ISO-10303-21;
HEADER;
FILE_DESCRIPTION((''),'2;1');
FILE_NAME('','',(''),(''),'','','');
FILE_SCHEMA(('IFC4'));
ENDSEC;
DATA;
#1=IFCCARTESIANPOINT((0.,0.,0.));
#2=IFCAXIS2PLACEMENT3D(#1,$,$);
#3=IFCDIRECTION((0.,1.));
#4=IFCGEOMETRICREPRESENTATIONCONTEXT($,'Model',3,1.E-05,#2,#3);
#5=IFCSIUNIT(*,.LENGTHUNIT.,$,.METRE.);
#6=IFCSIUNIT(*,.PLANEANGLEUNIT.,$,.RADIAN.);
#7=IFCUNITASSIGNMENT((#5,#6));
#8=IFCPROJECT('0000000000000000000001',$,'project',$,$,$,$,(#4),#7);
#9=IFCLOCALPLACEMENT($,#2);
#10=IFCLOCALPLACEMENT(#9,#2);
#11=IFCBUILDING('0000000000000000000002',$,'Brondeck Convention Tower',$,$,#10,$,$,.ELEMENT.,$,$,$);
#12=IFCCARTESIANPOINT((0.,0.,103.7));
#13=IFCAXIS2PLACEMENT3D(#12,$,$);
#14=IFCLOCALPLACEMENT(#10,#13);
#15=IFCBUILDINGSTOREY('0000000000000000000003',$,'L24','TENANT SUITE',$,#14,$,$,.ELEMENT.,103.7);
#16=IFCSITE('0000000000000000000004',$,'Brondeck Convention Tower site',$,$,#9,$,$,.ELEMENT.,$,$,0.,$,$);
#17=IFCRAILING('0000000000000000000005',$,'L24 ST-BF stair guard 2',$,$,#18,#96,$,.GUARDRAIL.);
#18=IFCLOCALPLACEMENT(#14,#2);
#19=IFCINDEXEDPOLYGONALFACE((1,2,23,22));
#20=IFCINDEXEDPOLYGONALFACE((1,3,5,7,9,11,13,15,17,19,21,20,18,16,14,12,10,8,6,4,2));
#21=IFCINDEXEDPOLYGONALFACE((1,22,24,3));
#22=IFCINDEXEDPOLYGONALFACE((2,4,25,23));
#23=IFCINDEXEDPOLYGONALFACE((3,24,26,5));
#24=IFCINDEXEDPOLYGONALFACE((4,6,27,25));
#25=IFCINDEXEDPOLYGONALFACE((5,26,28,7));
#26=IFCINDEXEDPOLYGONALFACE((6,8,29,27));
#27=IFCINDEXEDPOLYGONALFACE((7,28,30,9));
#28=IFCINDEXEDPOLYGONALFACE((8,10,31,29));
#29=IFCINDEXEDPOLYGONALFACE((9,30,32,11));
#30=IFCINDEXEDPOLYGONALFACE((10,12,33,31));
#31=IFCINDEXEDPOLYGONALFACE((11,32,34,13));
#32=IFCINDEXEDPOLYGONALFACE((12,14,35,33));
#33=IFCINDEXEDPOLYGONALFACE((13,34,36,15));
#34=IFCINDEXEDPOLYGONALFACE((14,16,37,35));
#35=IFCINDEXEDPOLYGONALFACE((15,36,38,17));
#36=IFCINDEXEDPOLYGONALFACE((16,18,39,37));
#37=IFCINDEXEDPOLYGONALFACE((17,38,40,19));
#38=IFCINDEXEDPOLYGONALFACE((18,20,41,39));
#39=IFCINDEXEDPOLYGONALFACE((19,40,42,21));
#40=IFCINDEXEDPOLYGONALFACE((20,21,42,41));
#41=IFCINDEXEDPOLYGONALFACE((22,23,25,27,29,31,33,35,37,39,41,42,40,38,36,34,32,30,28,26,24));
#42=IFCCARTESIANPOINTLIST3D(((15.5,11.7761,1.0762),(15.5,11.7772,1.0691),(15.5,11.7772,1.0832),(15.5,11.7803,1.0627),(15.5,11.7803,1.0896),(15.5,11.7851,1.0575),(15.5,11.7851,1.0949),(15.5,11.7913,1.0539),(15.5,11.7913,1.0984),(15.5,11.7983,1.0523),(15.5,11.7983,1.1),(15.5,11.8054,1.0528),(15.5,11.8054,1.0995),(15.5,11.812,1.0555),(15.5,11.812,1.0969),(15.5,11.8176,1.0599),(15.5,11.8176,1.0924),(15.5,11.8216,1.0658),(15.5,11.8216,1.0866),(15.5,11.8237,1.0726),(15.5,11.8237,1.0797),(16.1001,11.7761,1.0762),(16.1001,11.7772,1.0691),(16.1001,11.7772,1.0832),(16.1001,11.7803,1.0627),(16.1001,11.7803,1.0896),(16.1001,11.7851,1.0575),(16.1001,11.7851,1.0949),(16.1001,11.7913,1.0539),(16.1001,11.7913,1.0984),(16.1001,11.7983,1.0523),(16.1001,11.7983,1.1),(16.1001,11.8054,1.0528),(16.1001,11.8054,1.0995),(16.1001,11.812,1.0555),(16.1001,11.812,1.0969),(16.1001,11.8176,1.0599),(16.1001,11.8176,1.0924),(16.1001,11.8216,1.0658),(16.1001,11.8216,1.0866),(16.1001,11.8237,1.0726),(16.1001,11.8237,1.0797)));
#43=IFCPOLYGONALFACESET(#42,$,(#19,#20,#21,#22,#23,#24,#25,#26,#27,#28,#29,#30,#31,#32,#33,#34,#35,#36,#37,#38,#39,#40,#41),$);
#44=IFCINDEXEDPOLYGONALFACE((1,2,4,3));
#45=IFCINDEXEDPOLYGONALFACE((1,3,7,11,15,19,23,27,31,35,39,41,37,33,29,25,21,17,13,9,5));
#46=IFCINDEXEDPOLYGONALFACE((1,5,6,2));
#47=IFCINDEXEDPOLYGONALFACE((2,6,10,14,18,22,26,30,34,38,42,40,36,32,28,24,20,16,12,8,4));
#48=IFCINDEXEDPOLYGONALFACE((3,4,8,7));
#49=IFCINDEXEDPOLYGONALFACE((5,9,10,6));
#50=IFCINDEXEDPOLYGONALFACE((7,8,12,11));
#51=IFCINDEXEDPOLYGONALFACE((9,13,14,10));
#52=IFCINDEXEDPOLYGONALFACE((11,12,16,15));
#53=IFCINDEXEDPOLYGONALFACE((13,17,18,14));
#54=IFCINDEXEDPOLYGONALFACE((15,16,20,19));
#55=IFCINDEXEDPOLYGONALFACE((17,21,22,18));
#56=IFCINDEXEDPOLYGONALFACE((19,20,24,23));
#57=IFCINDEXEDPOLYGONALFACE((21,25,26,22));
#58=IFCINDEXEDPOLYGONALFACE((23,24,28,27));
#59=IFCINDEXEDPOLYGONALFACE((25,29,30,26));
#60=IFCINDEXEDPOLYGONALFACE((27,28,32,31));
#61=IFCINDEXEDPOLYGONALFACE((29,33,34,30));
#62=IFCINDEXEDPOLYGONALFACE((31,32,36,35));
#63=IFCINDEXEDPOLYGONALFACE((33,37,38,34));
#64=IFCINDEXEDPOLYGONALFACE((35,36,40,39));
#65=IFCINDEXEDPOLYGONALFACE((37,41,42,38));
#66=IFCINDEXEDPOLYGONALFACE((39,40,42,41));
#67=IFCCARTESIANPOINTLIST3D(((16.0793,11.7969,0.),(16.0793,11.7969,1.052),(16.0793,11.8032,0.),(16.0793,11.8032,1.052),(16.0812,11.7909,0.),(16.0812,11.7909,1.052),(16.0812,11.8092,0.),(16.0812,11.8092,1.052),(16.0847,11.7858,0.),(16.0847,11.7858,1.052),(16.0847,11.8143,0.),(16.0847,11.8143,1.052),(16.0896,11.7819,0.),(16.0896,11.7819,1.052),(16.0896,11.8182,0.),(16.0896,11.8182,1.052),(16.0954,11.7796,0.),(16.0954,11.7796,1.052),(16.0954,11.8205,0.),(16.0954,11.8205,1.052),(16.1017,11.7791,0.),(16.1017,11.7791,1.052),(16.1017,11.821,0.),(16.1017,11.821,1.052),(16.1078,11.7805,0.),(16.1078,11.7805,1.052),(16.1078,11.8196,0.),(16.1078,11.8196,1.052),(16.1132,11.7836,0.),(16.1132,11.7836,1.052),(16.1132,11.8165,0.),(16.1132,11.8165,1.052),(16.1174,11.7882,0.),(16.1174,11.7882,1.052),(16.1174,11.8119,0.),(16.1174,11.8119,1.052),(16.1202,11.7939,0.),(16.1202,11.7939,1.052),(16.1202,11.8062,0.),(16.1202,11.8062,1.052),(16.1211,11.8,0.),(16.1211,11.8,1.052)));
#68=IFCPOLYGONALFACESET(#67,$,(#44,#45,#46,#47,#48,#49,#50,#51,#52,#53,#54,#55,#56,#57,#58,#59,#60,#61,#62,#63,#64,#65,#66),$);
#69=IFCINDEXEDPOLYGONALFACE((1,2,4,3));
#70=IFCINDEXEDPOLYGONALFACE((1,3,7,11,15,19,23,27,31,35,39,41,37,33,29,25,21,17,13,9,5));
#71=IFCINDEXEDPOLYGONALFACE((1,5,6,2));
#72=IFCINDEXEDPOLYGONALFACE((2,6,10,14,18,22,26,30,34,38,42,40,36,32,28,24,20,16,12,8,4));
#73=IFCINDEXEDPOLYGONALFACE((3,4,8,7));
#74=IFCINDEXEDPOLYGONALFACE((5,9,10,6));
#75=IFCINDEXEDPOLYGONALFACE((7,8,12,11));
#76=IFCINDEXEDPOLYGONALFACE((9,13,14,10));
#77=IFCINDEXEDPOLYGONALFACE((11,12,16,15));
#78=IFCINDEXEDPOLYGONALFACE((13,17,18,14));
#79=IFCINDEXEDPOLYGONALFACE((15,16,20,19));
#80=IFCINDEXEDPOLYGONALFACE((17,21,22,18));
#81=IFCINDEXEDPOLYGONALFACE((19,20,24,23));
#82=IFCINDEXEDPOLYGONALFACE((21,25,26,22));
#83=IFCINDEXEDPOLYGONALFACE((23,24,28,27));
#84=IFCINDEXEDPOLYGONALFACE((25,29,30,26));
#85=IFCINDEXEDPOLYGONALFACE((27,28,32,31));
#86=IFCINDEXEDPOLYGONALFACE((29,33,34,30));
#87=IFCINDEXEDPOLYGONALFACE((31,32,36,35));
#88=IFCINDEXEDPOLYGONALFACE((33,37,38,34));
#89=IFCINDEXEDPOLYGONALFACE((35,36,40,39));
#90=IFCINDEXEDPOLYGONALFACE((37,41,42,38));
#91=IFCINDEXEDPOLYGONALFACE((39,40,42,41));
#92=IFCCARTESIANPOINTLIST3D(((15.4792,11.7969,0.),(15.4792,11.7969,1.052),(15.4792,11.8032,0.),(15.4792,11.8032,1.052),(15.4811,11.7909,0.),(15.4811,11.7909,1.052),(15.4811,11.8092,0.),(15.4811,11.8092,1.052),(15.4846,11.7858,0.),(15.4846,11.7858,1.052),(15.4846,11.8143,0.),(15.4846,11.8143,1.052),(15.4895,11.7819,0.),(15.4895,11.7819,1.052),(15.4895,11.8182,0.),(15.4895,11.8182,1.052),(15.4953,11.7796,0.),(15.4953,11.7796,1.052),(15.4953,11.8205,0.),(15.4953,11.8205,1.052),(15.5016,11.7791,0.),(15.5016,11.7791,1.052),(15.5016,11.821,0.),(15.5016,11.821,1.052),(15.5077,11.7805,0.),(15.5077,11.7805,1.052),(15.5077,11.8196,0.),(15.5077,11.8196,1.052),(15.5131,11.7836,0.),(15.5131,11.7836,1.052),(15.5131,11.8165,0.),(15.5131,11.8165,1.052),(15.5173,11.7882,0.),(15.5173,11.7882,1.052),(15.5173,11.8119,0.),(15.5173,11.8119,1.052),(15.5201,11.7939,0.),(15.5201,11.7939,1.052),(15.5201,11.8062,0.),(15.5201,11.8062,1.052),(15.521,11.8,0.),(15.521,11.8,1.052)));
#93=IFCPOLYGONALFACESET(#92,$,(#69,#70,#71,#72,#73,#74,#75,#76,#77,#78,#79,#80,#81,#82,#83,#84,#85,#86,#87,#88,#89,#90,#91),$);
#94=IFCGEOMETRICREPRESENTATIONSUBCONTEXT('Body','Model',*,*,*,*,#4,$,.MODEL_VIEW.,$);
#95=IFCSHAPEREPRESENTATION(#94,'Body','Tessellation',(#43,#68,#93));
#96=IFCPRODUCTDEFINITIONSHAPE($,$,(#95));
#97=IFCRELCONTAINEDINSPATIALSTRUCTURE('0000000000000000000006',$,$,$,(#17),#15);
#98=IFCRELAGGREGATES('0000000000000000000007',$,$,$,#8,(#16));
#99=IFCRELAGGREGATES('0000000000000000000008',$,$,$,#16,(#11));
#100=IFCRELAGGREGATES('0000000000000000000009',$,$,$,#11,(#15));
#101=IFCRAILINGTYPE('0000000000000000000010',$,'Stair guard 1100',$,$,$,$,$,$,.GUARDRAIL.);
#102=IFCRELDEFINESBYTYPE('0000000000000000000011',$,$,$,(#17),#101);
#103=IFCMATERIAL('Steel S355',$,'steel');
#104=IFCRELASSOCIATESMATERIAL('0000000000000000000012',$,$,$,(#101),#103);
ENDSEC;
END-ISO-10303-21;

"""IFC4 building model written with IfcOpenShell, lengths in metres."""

from ifc_helpers import new_model, si_unit, direction, frame, origin, origin_2d, place, context, subcontext, project, spatial, circle, extrude, material, type_object, element, save


model = new_model("IFC4")

# Units and contexts
model_context = context("Model", 3, precision=1e-05, world=origin(), true_north=direction((0.0, 1.0)))
body_context = subcontext(model_context, "Body", "Model", "MODEL_VIEW")
ifc_project = project(units=[si_unit("LENGTHUNIT", "METRE"), si_unit("PLANEANGLEUNIT", "RADIAN")], contexts=[model_context])

# Site, building, storey
site_placement = place(None, origin())
site = spatial("IfcSite", under=ifc_project, at=site_placement, Name="Brondeck Convention Tower site", CompositionType="ELEMENT", RefElevation=0.0)
building_placement = place(site_placement, origin())
building = spatial("IfcBuilding", under=site, at=building_placement, Name="Brondeck Convention Tower", CompositionType="ELEMENT")
storey_placement = place(building_placement, frame((0.0, 0.0, 103.7)))
storey = spatial("IfcBuildingStorey", under=building, at=storey_placement, Name="L24", Description="TENANT SUITE", CompositionType="ELEMENT", Elevation=103.7)

# Shared definitions
ifc_material_1 = material(Name="Steel S355", Category="steel")

# Railing
railing_type_1 = type_object("IfcRailingType", Name="Stair guard 1100", PredefinedType="GUARDRAIL", material=ifc_material_1)
railing_1_placement = place(storey_placement, frame((16.1001, 11.8, 0.0)))
element("IfcRailing", 1, at=railing_1_placement, inside=storey, type_object=railing_type_1, Name="L24 ST-BF stair guard 2", PredefinedType="GUARDRAIL", context=body_context, shape_type="SweptSolid", body=[
    extrude(circle(Radius=0.0239, at=origin_2d()), frame((0.0, 0.0, 1.0762), z_axis=(-1.0, 0.0, 0.0), x_axis=(0.0, -1.0, 0.0)), (0.0, 0.0, 1.0), 0.6001),
    extrude(circle(Radius=0.021, at=origin_2d()), origin(), (0.0, 0.0, 1.0), 1.052),
    extrude(circle(Radius=0.021, at=origin_2d()), frame((-0.6001, 0.0, 0.0)), (0.0, 0.0, 1.0), 1.052),
])

save(model, "model.ifc")
